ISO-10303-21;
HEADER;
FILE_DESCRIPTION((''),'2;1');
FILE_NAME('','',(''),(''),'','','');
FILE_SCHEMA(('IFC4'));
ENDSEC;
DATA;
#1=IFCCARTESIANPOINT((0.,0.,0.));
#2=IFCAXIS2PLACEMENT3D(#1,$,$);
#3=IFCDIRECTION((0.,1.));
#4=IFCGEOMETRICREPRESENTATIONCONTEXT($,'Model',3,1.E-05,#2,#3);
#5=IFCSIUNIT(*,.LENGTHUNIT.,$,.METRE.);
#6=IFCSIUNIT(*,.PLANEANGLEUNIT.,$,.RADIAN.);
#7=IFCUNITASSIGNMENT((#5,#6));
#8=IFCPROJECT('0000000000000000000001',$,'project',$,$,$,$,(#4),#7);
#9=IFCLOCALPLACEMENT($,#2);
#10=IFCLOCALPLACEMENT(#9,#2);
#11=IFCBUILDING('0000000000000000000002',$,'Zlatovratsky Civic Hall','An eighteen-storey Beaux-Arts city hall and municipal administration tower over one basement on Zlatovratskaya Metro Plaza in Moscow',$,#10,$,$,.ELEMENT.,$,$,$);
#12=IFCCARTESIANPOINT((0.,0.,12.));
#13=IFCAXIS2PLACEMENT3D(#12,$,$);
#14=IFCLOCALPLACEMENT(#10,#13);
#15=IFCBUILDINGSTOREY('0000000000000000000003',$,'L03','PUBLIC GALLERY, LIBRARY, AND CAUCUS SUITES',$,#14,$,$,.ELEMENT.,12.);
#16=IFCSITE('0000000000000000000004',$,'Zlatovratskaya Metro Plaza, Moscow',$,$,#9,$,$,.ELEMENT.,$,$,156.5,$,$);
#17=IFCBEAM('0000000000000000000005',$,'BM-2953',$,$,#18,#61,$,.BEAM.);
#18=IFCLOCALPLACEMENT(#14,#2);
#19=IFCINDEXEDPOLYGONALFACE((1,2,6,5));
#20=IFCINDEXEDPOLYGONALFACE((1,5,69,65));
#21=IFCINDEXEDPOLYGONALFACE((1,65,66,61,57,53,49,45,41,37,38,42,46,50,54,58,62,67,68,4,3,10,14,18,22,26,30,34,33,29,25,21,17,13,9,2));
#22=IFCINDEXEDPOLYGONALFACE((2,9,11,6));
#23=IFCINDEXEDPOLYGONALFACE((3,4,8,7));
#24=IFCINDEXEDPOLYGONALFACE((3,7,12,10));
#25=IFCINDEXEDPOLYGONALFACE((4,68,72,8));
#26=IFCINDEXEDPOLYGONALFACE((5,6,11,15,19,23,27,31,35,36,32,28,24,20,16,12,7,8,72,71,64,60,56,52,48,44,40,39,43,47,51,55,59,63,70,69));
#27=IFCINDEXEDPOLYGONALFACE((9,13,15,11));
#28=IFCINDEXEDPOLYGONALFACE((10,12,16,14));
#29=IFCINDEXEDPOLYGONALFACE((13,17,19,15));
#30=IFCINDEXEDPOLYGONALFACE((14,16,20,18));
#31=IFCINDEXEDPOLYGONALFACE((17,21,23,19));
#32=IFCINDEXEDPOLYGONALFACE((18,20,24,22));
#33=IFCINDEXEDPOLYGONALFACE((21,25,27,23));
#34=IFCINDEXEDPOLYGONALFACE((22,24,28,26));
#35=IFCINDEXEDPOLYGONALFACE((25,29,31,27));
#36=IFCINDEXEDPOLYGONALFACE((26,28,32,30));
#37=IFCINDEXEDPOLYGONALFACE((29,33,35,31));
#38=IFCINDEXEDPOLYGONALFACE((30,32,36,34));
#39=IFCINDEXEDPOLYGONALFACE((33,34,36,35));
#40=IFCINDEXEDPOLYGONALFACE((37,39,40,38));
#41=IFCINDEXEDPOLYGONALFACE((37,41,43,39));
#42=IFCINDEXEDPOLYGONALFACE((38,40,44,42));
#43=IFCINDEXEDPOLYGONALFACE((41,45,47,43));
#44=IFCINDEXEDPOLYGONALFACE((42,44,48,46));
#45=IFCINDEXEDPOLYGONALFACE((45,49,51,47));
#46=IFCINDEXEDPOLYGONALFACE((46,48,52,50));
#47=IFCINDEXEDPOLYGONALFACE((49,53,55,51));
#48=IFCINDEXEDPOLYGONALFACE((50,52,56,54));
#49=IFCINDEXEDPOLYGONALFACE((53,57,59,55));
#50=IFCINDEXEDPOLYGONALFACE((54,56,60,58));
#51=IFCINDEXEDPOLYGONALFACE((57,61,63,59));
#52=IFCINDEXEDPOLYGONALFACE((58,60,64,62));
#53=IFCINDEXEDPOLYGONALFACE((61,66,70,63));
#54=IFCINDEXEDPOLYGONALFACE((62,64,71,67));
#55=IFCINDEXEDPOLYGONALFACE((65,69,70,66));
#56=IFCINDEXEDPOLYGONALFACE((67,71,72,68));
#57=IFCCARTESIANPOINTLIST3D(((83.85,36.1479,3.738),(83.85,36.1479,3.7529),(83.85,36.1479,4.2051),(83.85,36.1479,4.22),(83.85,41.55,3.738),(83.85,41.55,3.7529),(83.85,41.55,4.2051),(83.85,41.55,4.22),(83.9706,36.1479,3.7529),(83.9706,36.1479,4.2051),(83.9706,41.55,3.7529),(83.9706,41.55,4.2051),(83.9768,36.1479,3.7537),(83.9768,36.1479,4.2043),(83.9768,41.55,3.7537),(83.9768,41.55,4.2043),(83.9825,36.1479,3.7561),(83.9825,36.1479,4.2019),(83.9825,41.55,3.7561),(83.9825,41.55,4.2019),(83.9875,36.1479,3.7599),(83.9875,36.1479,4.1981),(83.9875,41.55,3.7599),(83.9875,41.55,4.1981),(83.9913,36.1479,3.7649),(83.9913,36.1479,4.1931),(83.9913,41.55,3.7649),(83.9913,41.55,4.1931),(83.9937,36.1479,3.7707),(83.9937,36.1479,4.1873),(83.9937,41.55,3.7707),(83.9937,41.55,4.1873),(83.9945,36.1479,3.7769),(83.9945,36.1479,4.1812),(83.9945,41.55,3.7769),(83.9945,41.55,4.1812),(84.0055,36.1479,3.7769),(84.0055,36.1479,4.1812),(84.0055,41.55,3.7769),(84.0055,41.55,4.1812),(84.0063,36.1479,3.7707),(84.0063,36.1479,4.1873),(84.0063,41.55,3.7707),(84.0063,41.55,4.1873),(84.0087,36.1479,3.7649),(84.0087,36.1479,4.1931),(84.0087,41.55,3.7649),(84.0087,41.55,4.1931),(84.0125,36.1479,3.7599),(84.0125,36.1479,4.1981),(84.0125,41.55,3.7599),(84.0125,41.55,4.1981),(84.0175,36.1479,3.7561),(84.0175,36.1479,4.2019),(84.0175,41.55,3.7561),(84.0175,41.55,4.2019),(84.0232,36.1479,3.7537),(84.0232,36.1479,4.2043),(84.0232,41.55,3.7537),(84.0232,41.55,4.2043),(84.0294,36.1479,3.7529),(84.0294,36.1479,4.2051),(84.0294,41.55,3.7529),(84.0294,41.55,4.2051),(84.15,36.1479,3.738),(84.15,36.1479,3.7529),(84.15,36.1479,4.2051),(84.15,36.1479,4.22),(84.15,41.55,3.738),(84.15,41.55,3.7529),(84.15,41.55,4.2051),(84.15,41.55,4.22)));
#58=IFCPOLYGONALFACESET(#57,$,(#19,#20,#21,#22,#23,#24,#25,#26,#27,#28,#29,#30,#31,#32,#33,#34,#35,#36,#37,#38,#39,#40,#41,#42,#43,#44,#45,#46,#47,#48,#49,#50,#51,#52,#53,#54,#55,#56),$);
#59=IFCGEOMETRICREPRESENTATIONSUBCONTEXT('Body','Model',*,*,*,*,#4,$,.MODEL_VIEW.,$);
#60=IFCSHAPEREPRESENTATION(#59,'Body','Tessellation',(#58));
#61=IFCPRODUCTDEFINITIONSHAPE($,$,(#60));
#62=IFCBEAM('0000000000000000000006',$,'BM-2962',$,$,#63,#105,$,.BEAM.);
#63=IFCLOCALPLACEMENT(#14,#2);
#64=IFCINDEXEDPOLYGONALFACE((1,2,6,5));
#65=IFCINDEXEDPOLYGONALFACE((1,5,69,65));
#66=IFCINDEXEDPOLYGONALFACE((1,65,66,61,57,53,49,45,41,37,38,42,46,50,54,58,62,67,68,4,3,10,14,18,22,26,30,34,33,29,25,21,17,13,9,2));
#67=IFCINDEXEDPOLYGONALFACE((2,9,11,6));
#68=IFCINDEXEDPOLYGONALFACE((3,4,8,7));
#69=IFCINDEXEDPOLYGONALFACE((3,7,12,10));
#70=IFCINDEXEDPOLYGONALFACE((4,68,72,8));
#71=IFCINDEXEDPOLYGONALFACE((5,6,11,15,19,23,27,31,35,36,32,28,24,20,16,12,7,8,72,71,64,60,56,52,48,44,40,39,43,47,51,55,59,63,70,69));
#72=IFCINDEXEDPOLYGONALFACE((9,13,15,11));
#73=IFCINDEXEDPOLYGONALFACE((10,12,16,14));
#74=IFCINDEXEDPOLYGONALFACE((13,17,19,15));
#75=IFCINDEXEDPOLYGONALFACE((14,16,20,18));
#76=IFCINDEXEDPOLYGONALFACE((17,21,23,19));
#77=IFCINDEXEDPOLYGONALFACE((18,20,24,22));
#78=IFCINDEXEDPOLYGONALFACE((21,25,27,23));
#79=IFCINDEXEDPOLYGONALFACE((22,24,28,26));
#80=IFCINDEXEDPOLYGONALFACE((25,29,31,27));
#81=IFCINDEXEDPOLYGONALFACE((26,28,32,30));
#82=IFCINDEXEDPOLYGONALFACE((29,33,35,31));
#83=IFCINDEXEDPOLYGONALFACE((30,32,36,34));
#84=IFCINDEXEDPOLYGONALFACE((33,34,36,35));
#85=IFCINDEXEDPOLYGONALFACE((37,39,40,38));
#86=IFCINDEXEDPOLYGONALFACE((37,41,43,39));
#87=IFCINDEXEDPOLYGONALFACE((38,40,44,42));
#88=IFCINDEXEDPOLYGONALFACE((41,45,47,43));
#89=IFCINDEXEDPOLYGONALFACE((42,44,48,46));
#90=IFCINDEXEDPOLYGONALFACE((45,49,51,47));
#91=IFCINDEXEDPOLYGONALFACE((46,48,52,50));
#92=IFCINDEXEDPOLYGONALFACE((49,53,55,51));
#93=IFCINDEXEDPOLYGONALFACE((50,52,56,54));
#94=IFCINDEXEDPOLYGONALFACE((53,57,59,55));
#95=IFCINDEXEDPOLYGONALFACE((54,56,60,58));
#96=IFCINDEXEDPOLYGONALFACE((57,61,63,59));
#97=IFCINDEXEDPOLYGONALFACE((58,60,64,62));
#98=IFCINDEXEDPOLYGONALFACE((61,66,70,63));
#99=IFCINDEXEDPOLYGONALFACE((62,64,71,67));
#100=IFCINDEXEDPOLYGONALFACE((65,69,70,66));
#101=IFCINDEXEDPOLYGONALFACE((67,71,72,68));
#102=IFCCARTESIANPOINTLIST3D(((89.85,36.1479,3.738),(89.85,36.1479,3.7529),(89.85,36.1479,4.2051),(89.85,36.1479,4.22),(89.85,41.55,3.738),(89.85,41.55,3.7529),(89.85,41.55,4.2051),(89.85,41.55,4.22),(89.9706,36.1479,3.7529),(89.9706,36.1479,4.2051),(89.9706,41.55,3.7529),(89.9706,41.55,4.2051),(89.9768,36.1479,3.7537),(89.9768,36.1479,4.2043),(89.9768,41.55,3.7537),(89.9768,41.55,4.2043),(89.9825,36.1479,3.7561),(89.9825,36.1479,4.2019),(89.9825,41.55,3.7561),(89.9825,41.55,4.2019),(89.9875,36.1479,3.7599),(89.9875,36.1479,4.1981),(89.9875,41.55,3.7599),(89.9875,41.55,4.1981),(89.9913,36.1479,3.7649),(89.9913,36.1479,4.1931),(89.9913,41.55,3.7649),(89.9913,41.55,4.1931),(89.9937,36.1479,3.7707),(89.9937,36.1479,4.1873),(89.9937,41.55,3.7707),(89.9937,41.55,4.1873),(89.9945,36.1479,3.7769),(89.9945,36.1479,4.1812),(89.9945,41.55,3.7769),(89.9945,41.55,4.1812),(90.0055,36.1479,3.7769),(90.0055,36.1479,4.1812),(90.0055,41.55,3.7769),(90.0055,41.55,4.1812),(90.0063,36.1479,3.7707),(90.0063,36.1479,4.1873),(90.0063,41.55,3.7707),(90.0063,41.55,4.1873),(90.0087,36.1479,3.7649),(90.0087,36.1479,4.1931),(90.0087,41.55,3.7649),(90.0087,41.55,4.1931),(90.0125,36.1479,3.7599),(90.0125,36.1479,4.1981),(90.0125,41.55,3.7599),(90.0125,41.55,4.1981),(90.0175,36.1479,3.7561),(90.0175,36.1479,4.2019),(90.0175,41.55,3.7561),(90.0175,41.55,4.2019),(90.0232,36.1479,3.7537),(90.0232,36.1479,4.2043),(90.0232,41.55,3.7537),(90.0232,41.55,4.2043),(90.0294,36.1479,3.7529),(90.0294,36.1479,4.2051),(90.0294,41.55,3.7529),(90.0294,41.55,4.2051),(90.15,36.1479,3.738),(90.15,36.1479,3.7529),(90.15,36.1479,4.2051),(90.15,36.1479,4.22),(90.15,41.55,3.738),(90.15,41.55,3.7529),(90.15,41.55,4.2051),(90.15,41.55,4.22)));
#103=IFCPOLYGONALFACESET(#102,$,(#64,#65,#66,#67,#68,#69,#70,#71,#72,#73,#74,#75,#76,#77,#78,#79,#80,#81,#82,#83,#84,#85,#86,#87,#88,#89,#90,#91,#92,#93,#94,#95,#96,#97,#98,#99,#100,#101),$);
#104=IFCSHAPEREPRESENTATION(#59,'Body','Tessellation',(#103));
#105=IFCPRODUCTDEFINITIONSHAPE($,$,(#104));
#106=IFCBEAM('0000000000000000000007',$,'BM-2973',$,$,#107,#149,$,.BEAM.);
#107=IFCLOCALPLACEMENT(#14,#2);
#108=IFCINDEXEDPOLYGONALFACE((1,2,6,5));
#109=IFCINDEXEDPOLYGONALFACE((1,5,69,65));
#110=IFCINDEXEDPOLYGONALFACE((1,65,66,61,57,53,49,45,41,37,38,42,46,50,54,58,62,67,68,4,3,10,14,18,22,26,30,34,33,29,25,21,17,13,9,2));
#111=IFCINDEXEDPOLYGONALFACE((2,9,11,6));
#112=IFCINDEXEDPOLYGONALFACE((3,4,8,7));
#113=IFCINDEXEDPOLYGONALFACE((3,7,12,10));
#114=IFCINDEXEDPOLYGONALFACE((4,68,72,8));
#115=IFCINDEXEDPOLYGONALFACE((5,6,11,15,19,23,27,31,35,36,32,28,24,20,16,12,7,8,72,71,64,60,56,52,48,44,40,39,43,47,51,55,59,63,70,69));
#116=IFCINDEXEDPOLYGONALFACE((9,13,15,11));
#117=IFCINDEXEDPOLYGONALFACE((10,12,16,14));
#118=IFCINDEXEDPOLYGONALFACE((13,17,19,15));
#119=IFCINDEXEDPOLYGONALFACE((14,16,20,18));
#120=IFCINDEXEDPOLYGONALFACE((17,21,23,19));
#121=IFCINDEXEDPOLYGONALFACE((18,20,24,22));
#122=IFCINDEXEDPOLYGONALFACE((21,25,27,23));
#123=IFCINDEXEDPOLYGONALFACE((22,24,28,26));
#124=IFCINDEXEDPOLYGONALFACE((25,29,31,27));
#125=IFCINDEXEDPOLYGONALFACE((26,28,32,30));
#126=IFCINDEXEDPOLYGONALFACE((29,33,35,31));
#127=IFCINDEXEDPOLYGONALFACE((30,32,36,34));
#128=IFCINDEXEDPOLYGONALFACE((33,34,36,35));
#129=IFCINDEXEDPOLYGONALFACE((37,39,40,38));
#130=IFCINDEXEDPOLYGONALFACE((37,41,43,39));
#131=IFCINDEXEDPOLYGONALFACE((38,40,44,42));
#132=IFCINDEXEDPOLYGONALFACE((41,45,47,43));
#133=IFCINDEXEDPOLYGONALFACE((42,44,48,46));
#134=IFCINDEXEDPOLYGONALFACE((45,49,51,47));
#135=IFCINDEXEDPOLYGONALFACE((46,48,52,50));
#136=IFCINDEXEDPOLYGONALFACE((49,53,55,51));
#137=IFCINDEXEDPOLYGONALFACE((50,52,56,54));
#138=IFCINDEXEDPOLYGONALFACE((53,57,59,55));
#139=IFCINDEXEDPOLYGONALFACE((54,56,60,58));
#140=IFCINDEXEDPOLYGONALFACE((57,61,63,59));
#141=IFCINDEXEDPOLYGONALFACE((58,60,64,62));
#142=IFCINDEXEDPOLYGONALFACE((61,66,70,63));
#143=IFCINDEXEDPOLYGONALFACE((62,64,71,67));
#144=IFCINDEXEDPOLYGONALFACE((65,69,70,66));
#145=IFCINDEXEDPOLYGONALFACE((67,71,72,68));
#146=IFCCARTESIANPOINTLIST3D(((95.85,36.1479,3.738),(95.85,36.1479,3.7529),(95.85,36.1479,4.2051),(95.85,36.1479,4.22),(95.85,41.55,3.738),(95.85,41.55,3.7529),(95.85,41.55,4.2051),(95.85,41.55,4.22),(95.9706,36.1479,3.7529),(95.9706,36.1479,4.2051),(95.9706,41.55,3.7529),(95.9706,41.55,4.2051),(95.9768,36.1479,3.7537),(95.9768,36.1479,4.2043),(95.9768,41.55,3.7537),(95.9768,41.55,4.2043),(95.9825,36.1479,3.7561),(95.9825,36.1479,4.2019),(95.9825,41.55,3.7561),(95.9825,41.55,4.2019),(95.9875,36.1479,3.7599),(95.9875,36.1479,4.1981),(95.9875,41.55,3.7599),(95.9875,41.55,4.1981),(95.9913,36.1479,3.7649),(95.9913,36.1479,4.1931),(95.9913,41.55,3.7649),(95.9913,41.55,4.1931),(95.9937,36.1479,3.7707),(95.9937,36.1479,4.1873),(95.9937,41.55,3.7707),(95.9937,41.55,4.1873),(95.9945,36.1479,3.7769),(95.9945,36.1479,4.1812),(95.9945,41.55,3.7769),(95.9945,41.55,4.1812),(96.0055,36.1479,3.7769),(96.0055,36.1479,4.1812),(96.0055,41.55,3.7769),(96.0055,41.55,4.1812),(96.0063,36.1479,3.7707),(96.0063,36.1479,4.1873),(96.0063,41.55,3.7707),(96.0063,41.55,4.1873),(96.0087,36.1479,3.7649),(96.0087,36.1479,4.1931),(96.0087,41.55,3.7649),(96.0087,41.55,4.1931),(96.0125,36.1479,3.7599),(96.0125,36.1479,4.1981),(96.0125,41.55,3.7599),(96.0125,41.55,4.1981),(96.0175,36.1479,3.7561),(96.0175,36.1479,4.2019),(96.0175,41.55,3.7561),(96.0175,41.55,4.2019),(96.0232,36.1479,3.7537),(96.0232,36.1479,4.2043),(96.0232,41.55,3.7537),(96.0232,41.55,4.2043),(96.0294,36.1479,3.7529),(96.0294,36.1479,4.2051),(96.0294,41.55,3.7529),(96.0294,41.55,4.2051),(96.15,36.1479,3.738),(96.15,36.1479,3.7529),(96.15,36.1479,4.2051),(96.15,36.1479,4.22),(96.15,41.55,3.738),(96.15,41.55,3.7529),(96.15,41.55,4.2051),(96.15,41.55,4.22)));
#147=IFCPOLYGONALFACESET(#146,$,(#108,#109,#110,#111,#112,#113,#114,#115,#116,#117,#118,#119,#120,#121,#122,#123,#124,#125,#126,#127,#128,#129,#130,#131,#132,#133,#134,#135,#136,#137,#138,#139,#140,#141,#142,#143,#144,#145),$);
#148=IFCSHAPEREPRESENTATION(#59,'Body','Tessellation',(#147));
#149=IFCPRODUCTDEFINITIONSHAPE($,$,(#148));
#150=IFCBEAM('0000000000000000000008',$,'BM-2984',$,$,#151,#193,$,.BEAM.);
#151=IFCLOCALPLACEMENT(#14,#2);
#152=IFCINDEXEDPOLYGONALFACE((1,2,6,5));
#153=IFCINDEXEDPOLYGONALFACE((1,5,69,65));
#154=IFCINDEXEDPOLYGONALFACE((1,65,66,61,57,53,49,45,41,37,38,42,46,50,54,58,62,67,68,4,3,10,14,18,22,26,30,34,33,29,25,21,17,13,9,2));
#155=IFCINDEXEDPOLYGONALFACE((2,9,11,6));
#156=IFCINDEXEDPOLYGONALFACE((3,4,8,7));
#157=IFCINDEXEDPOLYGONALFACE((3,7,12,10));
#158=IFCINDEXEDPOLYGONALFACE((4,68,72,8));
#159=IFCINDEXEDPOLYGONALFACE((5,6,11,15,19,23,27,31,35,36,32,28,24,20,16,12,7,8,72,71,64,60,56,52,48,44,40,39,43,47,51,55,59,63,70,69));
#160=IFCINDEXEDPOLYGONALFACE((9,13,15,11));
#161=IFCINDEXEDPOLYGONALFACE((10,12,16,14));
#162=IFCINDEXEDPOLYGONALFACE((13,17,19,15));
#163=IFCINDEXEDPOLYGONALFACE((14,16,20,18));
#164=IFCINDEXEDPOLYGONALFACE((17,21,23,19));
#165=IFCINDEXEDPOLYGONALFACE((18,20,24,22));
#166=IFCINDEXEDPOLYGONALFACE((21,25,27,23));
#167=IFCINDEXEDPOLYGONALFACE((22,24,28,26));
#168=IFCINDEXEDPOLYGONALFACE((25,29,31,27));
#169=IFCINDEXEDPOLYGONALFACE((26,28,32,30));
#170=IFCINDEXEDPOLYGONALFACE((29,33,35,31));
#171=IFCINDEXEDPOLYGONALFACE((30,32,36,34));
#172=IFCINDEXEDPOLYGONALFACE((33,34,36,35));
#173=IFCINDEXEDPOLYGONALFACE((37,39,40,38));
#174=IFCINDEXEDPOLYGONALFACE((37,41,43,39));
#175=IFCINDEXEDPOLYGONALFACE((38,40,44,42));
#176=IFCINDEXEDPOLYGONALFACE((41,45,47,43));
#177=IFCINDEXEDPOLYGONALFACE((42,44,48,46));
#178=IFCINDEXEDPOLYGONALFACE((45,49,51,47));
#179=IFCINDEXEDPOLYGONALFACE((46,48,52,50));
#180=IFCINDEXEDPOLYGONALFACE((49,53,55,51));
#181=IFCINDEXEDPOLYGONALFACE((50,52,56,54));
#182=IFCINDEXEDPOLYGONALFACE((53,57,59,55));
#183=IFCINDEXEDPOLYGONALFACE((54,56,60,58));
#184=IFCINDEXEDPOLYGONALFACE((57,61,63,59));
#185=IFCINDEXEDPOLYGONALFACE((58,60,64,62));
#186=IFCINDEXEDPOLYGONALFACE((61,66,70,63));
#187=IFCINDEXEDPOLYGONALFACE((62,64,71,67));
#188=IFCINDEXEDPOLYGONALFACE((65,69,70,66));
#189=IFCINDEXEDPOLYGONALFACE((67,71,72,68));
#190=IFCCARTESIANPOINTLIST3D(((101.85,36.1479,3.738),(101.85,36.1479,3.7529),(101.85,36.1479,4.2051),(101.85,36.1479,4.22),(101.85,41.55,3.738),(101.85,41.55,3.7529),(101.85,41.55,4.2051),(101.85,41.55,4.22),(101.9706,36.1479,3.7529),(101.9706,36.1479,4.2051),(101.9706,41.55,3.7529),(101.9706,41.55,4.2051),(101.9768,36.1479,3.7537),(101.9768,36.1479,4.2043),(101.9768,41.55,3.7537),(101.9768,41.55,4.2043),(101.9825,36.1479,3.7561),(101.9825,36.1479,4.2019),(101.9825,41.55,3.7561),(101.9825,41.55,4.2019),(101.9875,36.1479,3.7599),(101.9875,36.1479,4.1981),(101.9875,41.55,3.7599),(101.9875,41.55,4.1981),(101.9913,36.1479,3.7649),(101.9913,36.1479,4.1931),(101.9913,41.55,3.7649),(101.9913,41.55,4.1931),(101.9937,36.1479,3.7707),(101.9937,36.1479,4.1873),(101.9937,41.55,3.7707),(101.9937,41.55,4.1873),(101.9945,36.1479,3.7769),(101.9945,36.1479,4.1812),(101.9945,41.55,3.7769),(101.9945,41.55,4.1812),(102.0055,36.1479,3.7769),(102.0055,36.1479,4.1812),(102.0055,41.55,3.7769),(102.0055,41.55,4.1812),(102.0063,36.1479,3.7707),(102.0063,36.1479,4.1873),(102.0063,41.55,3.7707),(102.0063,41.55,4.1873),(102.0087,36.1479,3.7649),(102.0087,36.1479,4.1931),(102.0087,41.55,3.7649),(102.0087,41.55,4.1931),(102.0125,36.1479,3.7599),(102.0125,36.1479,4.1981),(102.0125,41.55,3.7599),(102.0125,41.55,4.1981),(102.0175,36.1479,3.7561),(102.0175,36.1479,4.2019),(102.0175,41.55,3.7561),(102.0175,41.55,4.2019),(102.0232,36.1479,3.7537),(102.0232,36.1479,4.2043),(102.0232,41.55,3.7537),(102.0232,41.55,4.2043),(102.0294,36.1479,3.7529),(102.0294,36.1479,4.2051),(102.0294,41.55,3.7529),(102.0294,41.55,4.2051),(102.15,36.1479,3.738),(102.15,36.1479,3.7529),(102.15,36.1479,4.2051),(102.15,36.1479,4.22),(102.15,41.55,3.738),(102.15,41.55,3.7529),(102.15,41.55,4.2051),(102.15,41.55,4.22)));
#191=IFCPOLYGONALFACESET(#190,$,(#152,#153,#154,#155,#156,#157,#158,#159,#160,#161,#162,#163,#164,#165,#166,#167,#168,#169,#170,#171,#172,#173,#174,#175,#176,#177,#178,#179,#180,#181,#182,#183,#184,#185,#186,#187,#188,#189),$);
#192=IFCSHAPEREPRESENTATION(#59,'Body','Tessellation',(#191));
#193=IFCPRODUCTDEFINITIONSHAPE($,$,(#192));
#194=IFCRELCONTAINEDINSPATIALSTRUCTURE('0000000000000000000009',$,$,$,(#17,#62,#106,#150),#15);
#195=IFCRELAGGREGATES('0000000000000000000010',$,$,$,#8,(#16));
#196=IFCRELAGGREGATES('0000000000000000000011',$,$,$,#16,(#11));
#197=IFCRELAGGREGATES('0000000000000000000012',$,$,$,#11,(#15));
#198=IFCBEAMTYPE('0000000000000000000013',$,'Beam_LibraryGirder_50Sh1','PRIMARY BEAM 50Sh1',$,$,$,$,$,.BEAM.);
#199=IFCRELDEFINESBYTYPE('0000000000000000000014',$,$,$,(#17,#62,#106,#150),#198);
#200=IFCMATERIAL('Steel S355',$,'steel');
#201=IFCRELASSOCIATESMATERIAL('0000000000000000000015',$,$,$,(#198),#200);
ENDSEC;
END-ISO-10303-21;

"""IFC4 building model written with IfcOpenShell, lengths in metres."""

from ifc_helpers import new_model, si_unit, direction, frame, origin, origin_2d, place, context, subcontext, project, spatial, i_section, extrude, material, material_profile, profile_set, type_object, element, save


model = new_model("IFC4")

# Units and contexts
model_context = context("Model", 3, precision=1e-05, world=origin(), true_north=direction((0.0, 1.0)))
body_context = subcontext(model_context, "Body", "Model", "MODEL_VIEW")
ifc_project = project(units=[si_unit("LENGTHUNIT", "METRE"), si_unit("PLANEANGLEUNIT", "RADIAN")], contexts=[model_context])

# Site, building, storey
site_placement = place(None, origin())
site = spatial("IfcSite", under=ifc_project, at=site_placement, Name="Zlatovratskaya Metro Plaza, Moscow", CompositionType="ELEMENT", RefElevation=156.5)
building_placement = place(site_placement, origin())
building = spatial("IfcBuilding", under=site, at=building_placement, Name="Zlatovratsky Civic Hall", Description="An eighteen-storey Beaux-Arts city hall and municipal administration tower over one basement on Zlatovratskaya Metro Plaza in Moscow", CompositionType="ELEMENT")
storey_placement = place(building_placement, frame((0.0, 0.0, 12.0)))
storey = spatial("IfcBuildingStorey", under=building, at=storey_placement, Name="L03", Description="PUBLIC GALLERY, LIBRARY, AND CAUCUS SUITES", CompositionType="ELEMENT", Elevation=12.0)

# Shared definitions
ifc_material_1 = material(Name="Steel S355", Category="steel")

# Beams
ifc_material_profile_1 = material_profile(ifc_material_1, i_section(OverallWidth=0.3, OverallDepth=0.4819, WebThickness=0.011, FlangeThickness=0.0149, FilletRadius=0.0239, at=origin_2d()), Name="50Sh1")
ifc_profile_set_1 = profile_set([ifc_material_profile_1], Name="Steel S355")
beam_type = type_object("IfcBeamType", Name="Beam_LibraryGirder_50Sh1", Description="PRIMARY BEAM 50Sh1", PredefinedType="BEAM", material=ifc_profile_set_1)
for number, where, z_axis, x_axis, name in (
    (1, (84.0, 36.1479, 3.979), (0.0, 1.0, 0.0), (-1.0, 0.0, 0.0), "BM-2953"),
    (2, (90.0, 36.1479, 3.979), (0.0, 1.0, 0.0), (-1.0, 0.0, 0.0), "BM-2962"),
    (3, (96.0, 36.1479, 3.979), (0.0, 1.0, 0.0), (-1.0, 0.0, 0.0), "BM-2973"),
    (4, (102.0, 36.1479, 3.979), (0.0, 1.0, 0.0), (-1.0, 0.0, 0.0), "BM-2984"),
):
    element("IfcBeam", number, at=place(storey_placement, frame(where, z_axis=z_axis, x_axis=x_axis)), inside=storey, type_object=beam_type, Name=name, PredefinedType="BEAM", context=body_context, shape_type="SweptSolid", body=[
        extrude(i_section(OverallWidth=0.3, OverallDepth=0.4819, WebThickness=0.011, FlangeThickness=0.0149, FilletRadius=0.0239, at=origin_2d()), origin(), (0.0, 0.0, 1.0), 5.4021),
    ])

save(model, "model.ifc")
